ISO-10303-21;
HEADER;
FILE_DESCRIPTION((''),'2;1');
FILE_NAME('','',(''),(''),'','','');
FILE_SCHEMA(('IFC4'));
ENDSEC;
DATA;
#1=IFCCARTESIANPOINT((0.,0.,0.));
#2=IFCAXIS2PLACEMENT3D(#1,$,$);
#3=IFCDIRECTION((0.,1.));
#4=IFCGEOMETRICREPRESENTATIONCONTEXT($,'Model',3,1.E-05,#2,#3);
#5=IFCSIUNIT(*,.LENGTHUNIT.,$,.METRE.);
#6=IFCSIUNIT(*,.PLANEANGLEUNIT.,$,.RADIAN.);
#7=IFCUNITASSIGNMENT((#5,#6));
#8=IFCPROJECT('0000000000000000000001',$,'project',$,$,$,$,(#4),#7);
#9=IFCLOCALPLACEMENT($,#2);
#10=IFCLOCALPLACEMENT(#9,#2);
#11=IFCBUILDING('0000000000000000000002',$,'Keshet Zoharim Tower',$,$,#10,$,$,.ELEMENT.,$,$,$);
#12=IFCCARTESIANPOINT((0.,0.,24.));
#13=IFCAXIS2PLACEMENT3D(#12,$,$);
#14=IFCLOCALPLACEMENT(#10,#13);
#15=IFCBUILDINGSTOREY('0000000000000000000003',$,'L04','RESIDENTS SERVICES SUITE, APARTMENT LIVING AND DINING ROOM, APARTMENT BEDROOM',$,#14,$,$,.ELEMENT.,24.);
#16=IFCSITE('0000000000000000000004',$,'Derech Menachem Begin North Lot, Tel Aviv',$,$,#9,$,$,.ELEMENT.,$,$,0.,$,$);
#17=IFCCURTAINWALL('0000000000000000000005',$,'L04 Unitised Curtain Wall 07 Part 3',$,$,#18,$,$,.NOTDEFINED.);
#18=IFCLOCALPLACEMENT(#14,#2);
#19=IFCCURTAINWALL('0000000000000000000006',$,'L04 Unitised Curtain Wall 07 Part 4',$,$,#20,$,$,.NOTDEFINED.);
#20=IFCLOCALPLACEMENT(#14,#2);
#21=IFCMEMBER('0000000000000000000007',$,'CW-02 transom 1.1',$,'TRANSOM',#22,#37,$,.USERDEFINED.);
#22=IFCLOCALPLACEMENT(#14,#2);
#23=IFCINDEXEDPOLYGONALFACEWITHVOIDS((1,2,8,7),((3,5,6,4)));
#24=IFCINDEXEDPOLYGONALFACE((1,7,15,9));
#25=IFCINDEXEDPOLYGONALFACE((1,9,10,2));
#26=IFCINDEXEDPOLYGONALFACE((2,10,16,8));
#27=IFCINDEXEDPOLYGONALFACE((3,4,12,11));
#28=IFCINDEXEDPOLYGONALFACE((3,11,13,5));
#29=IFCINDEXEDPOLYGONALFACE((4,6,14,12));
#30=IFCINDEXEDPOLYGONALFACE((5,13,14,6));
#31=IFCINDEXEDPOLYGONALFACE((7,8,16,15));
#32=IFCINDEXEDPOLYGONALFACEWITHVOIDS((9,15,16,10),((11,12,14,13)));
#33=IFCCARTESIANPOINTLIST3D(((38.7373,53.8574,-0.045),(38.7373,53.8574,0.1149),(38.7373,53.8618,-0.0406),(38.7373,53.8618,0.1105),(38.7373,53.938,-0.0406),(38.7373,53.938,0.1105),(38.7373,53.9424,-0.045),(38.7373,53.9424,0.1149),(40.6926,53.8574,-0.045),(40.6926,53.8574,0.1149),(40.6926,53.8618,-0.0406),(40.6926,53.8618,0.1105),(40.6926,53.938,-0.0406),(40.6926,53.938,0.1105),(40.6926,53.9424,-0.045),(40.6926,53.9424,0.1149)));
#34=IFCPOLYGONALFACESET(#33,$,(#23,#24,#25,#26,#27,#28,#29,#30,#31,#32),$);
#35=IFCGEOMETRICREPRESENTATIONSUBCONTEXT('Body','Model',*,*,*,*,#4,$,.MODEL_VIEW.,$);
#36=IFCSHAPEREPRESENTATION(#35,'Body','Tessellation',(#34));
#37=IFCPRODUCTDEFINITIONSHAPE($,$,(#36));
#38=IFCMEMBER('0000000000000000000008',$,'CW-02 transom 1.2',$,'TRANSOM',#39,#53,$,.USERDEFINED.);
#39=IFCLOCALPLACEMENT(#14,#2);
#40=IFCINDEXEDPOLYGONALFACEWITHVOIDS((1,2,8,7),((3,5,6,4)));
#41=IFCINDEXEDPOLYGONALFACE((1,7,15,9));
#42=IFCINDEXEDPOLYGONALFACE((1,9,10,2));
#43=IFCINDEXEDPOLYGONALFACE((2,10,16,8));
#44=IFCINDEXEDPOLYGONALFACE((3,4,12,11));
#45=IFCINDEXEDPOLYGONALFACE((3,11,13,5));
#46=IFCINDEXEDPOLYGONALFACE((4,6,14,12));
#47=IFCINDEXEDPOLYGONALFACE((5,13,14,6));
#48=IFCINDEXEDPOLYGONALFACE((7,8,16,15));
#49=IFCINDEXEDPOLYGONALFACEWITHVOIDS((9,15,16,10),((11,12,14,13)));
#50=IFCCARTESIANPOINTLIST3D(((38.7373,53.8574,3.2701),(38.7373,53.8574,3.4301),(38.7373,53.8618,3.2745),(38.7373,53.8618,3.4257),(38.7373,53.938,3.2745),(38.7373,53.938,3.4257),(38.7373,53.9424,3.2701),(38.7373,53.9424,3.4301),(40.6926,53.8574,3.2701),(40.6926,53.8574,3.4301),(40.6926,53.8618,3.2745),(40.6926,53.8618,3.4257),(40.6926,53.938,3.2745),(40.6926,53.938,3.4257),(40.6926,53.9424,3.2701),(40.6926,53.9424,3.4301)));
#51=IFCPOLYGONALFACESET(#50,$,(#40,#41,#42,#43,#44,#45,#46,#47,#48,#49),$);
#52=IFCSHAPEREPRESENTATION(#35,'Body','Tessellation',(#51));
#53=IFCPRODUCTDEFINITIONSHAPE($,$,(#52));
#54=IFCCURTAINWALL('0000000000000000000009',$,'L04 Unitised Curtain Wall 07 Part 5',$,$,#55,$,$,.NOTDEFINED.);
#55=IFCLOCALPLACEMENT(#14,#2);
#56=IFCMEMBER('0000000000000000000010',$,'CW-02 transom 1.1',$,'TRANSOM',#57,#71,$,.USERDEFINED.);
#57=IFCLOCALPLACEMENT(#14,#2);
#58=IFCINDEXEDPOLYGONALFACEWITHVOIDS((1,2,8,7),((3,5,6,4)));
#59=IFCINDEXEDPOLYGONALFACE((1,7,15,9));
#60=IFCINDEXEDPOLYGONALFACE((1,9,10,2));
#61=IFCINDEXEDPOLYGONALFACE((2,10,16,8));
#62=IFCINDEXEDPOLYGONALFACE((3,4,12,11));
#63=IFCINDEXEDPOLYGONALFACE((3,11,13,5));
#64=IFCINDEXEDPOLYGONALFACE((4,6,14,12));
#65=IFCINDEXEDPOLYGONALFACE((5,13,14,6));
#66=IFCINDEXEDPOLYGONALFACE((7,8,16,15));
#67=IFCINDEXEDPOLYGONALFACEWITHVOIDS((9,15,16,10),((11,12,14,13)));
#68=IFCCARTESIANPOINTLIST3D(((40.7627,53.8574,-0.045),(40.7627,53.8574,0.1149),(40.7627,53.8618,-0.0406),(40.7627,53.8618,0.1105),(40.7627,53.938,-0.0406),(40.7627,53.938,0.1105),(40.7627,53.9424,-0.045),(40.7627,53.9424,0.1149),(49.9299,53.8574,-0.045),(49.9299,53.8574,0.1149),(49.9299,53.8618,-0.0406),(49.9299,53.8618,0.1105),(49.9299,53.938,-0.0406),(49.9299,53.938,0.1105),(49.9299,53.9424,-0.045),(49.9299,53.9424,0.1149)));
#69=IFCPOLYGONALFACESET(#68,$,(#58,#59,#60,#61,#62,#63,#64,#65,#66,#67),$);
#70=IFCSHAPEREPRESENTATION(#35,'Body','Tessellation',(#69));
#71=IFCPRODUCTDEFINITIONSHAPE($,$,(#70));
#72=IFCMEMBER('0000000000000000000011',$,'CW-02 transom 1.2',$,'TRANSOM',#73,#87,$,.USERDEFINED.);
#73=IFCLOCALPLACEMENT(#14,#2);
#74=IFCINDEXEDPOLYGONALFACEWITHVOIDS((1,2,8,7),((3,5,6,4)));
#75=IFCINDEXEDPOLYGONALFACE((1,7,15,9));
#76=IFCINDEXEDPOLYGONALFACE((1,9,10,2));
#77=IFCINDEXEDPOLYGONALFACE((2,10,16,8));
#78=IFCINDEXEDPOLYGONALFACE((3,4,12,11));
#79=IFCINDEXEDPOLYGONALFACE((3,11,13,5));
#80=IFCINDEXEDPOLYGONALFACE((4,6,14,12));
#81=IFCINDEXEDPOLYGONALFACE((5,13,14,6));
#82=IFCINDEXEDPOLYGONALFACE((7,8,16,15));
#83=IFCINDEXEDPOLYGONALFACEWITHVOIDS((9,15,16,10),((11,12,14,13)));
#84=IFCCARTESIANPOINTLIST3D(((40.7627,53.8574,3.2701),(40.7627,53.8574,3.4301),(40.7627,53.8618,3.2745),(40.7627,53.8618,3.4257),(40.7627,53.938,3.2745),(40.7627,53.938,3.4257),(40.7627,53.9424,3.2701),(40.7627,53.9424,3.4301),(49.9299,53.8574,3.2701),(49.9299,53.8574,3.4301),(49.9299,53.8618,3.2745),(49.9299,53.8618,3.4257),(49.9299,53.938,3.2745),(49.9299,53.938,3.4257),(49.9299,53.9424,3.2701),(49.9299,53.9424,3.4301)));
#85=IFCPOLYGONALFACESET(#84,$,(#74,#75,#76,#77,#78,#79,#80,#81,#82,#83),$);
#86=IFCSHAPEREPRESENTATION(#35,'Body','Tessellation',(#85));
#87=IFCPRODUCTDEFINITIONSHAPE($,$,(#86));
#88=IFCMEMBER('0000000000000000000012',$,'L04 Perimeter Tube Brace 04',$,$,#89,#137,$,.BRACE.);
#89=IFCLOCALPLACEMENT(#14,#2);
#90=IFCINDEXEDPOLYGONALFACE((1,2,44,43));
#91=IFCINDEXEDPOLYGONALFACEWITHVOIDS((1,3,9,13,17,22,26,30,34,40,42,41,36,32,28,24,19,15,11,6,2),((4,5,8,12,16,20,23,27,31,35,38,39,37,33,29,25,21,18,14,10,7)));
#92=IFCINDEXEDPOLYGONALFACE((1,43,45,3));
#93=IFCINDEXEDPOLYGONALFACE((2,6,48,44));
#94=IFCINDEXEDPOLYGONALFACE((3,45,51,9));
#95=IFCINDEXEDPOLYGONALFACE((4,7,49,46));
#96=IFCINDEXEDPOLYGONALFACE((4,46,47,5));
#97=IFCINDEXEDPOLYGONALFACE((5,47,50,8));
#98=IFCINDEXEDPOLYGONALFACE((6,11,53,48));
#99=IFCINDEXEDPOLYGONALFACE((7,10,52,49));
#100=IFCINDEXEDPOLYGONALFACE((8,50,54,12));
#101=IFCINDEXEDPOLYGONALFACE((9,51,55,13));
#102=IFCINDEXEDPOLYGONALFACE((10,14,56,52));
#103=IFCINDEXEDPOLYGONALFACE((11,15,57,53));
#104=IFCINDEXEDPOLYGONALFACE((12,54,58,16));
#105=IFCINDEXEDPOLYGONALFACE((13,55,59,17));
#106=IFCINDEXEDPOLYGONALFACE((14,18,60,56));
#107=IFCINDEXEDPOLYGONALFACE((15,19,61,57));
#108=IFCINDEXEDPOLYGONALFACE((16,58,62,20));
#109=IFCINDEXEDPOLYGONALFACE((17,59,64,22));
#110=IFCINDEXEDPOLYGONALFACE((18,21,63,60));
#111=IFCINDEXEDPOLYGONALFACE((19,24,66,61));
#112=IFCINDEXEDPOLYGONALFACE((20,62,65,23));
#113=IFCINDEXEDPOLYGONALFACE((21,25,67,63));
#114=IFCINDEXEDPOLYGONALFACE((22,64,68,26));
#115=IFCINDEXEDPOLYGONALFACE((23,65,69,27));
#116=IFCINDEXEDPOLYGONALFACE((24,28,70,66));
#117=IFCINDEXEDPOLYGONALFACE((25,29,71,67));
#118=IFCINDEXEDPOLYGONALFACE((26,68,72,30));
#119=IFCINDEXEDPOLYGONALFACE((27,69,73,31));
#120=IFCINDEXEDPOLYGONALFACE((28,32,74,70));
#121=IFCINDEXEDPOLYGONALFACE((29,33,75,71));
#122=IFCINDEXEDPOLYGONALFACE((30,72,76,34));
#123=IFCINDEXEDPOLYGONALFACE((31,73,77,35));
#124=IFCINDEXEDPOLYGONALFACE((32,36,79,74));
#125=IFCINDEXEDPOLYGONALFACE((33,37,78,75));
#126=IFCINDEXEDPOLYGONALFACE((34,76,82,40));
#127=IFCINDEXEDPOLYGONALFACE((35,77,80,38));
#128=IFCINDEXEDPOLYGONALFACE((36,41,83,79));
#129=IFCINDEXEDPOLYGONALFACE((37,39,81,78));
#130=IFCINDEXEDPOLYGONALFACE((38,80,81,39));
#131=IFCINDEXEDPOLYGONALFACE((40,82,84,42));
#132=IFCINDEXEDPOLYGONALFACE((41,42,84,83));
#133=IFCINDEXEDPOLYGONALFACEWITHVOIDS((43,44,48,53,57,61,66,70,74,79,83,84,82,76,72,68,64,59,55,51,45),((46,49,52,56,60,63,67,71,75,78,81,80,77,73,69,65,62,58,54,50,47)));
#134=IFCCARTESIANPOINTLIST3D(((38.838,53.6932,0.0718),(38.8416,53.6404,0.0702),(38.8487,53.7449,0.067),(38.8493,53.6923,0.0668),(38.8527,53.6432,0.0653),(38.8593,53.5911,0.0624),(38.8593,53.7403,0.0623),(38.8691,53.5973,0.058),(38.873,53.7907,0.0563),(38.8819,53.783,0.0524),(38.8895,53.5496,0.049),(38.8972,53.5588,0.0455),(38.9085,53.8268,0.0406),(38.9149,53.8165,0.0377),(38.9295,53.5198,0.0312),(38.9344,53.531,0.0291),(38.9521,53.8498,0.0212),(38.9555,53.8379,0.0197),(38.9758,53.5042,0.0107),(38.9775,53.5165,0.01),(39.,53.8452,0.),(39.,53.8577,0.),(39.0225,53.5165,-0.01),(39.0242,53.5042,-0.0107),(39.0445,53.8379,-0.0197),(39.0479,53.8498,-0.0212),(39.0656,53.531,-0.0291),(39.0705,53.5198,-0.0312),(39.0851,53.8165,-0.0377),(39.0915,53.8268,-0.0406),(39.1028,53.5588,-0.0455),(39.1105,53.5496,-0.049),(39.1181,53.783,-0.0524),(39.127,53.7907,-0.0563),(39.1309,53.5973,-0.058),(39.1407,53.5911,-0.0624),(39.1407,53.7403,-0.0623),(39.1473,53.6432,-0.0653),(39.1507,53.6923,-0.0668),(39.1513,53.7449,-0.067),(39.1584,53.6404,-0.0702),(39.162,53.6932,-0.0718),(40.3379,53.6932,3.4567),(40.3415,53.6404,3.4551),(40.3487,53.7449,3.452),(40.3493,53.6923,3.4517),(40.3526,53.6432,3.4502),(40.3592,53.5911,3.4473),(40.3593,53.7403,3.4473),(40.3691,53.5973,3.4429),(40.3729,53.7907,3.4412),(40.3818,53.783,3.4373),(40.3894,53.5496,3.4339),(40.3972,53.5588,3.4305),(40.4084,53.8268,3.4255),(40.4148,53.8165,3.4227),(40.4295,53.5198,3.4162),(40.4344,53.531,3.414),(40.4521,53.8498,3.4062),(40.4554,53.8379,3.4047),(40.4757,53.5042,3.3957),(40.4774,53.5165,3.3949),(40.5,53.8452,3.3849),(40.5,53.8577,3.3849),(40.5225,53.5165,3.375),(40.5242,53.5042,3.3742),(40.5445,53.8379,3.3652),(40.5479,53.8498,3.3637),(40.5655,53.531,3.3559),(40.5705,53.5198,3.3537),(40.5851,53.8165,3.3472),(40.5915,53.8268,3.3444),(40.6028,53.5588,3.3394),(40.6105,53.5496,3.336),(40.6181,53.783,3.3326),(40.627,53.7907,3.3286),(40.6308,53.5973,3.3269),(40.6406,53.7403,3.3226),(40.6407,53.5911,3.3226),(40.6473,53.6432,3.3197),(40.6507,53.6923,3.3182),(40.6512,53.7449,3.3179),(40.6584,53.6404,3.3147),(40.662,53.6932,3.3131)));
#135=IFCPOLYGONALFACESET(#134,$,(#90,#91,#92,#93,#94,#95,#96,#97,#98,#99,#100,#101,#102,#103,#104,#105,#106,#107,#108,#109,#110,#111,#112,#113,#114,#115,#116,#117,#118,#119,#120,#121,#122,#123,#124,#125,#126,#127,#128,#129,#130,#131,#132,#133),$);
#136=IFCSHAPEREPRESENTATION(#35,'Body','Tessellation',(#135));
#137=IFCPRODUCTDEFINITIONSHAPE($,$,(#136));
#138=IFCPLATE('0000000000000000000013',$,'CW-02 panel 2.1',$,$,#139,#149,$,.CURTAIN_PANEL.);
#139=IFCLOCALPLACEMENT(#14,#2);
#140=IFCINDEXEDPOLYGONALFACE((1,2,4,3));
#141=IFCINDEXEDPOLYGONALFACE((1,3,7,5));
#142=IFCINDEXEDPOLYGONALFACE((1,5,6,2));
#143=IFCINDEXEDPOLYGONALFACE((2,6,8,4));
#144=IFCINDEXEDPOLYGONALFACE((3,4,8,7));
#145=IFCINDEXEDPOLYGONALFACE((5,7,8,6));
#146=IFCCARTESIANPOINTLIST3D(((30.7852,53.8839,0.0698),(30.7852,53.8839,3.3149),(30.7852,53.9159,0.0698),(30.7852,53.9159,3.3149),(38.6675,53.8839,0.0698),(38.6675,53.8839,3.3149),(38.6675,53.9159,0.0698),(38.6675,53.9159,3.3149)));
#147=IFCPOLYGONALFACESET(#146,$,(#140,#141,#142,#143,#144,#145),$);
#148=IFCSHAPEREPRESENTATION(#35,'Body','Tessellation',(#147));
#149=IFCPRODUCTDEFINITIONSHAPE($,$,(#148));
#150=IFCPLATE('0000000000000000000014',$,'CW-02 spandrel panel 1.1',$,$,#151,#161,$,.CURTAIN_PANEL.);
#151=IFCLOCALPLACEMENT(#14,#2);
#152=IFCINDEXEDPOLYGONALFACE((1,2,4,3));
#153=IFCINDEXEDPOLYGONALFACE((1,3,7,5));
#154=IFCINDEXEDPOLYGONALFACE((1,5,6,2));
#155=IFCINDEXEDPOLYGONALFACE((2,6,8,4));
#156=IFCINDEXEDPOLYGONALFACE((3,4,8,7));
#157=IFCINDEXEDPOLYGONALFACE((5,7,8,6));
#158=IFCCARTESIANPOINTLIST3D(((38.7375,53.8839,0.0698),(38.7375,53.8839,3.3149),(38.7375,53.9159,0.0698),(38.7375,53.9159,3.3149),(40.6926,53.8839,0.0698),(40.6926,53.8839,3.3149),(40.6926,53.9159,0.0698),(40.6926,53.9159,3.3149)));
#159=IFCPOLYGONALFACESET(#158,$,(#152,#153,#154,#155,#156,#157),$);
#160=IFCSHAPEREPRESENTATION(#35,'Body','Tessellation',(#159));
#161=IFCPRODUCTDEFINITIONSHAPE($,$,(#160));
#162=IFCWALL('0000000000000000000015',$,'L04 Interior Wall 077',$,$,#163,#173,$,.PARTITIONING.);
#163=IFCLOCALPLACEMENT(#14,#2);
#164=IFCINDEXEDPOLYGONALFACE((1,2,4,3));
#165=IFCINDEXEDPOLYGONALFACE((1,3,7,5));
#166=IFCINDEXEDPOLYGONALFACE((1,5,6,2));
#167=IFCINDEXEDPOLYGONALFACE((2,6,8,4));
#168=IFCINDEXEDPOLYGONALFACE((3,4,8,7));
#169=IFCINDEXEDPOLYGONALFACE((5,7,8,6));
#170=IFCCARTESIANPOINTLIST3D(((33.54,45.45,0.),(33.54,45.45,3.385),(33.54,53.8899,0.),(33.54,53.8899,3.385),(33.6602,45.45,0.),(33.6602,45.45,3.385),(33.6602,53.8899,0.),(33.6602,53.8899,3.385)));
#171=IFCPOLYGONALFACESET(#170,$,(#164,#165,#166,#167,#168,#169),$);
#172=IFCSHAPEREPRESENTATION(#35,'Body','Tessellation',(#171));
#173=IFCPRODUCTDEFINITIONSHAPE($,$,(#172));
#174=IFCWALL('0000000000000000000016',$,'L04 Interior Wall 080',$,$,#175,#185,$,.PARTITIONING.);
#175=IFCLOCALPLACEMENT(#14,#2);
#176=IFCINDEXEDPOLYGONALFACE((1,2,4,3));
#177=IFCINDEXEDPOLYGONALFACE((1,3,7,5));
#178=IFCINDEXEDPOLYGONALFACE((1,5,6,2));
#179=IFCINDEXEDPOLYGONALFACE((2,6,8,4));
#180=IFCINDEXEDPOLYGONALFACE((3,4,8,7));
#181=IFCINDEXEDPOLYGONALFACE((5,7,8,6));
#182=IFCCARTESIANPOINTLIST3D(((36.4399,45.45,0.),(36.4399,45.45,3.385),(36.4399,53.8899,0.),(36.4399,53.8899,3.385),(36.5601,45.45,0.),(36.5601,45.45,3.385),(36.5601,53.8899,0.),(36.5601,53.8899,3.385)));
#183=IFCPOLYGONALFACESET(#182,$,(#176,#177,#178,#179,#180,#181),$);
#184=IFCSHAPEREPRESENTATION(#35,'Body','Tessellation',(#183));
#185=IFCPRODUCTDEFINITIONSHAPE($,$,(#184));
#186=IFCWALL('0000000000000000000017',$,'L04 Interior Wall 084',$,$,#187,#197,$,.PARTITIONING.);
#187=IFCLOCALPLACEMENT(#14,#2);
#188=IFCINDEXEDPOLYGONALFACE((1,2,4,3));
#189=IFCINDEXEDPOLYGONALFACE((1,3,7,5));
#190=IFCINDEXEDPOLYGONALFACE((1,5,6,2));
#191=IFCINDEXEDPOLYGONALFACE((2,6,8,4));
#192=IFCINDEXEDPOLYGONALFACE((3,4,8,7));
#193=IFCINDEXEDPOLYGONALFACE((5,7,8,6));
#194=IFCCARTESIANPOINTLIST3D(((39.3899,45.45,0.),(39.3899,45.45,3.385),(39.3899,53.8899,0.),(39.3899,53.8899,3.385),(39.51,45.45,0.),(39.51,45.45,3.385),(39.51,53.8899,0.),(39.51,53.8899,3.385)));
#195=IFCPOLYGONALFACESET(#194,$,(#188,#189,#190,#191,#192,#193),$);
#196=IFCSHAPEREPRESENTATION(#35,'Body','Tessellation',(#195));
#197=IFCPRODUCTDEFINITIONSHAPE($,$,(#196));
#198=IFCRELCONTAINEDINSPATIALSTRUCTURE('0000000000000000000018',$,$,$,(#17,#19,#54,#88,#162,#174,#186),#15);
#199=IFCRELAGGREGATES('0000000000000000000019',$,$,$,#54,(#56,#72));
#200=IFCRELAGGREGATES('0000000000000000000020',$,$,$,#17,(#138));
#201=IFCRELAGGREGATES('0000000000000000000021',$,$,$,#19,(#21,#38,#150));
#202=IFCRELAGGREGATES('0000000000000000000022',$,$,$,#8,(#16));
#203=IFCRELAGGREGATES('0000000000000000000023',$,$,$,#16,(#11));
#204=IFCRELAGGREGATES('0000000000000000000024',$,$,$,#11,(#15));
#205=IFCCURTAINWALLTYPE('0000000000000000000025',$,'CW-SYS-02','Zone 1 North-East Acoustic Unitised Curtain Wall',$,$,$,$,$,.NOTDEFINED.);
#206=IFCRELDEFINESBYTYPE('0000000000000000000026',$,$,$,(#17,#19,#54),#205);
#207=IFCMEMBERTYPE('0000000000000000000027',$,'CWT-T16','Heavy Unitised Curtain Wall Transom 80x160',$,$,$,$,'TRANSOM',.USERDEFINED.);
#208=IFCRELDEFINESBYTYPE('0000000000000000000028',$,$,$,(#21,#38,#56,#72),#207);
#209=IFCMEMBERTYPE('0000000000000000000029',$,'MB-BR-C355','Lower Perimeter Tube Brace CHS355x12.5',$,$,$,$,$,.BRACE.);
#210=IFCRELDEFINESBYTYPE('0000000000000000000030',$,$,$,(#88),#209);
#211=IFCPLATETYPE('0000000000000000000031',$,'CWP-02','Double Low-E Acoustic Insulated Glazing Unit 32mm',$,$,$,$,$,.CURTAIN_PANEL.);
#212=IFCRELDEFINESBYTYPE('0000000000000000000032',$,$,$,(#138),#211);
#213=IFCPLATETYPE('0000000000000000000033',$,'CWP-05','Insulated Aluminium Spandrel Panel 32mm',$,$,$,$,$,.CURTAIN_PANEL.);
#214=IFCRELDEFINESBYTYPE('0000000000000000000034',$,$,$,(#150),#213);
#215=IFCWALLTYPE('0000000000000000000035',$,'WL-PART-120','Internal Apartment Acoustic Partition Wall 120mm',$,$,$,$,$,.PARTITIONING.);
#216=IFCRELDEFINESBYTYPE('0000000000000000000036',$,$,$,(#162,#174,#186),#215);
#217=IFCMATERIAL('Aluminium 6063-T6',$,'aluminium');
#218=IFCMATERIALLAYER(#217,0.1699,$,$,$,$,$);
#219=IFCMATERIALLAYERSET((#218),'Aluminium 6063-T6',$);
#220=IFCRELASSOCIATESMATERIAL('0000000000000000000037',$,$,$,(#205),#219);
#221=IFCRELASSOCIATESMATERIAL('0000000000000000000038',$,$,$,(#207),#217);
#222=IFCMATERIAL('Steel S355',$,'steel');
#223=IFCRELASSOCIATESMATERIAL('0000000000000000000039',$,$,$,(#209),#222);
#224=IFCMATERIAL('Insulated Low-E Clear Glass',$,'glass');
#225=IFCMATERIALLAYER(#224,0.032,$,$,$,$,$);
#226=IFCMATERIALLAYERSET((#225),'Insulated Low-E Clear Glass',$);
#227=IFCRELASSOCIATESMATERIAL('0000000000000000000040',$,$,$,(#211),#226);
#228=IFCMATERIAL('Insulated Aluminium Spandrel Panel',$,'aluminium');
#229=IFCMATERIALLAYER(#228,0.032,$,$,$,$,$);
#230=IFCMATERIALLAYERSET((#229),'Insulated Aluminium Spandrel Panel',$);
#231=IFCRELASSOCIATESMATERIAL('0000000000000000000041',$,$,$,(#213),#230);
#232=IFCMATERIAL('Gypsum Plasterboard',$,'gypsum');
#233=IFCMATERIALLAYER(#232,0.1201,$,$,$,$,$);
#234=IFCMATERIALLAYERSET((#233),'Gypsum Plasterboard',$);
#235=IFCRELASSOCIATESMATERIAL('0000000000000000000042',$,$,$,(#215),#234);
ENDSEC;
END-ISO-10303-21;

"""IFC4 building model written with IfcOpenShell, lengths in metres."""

from ifc_helpers import new_model, si_unit, direction, frame, frame_2d, origin, origin_2d, place, context, subcontext, project, spatial, rectangle, hollow_rectangle, hollow_circle, extrude, material, layer, layer_set, material_profile, profile_set, type_object, element, aggregate, save


model = new_model("IFC4")

# Units and contexts
model_context = context("Model", 3, precision=1e-05, world=origin(), true_north=direction((0.0, 1.0)))
body_context = subcontext(model_context, "Body", "Model", "MODEL_VIEW")
ifc_project = project(units=[si_unit("LENGTHUNIT", "METRE"), si_unit("PLANEANGLEUNIT", "RADIAN")], contexts=[model_context])

# Site, building, storey
site_placement = place(None, origin())
site = spatial("IfcSite", under=ifc_project, at=site_placement, Name="Derech Menachem Begin North Lot, Tel Aviv", CompositionType="ELEMENT", RefElevation=0.0)
building_placement = place(site_placement, origin())
building = spatial("IfcBuilding", under=site, at=building_placement, Name="Keshet Zoharim Tower", CompositionType="ELEMENT")
storey_placement = place(building_placement, frame((0.0, 0.0, 24.0)))
storey = spatial("IfcBuildingStorey", under=building, at=storey_placement, Name="L04", Description="RESIDENTS SERVICES SUITE, APARTMENT LIVING AND DINING ROOM, APARTMENT BEDROOM", CompositionType="ELEMENT", Elevation=24.0)

# Shared definitions
ifc_material_1 = material(Name="Steel S355", Category="steel")

# Curtain wall
ifc_material_2 = material(Name="Aluminium 6063-T6", Category="aluminium")
ifc_layer_1 = layer(ifc_material_2, 0.1699)
ifc_layer_set_1 = layer_set([ifc_layer_1], Name="Aluminium 6063-T6")
curtain_wall_type = type_object("IfcCurtainWallType", Name="CW-SYS-02", Description="Zone 1 North-East Acoustic Unitised Curtain Wall", PredefinedType="NOTDEFINED", material=ifc_layer_set_1)
curtain_wall_1_placement = place(storey_placement, origin())
curtain_wall_1 = element("IfcCurtainWall", 1, at=curtain_wall_1_placement, inside=storey, type_object=curtain_wall_type, Name="L04 Unitised Curtain Wall 07 Part 3", PredefinedType="NOTDEFINED")

# Curtain walls, members
curtain_wall_2_placement = place(storey_placement, origin())
curtain_wall_2 = element("IfcCurtainWall", 2, at=curtain_wall_2_placement, inside=storey, type_object=curtain_wall_type, Name="L04 Unitised Curtain Wall 07 Part 4", PredefinedType="NOTDEFINED")
ifc_material_profile_1 = material_profile(ifc_material_2, hollow_rectangle(XDim=0.085, YDim=0.1599, WallThickness=0.0044, at=origin_2d()), Name="TRN-85x160")
ifc_profile_set_1 = profile_set([ifc_material_profile_1], Name="Aluminium 6063-T6")
member_type_1 = type_object("IfcMemberType", Name="CWT-T16", Description="Heavy Unitised Curtain Wall Transom 80x160", ElementType="TRANSOM", PredefinedType="USERDEFINED", material=ifc_profile_set_1)
member_1_placement = place(storey_placement, frame((38.7373, 53.8999, 0.0349), z_axis=(1.0, 0.0, 0.0), x_axis=(0.0, 1.0, 0.0)))
member_1 = element("IfcMember", 3, at=member_1_placement, type_object=member_type_1, Name="CW-02 transom 1.1", ObjectType="TRANSOM", PredefinedType="USERDEFINED", context=body_context, shape_type="SweptSolid", body=[
    extrude(hollow_rectangle(XDim=0.085, YDim=0.1599, WallThickness=0.0044, at=origin_2d()), origin(), (0.0, 0.0, 1.0), 1.9553),
])
member_2_placement = place(storey_placement, frame((38.7373, 53.8999, 3.3501), z_axis=(1.0, 0.0, 0.0), x_axis=(0.0, 1.0, 0.0)))
member_2 = element("IfcMember", 4, at=member_2_placement, type_object=member_type_1, Name="CW-02 transom 1.2", ObjectType="TRANSOM", PredefinedType="USERDEFINED", context=body_context, shape_type="SweptSolid", body=[
    extrude(hollow_rectangle(XDim=0.085, YDim=0.1599, WallThickness=0.0044, at=origin_2d()), origin(), (0.0, 0.0, 1.0), 1.9553),
])
curtain_wall_3_placement = place(storey_placement, origin())
curtain_wall_3 = element("IfcCurtainWall", 5, at=curtain_wall_3_placement, inside=storey, type_object=curtain_wall_type, Name="L04 Unitised Curtain Wall 07 Part 5", PredefinedType="NOTDEFINED")
member_3_placement = place(storey_placement, frame((40.7627, 53.8999, 0.0349), z_axis=(1.0, 0.0, 0.0), x_axis=(0.0, 1.0, 0.0)))
member_3 = element("IfcMember", 6, at=member_3_placement, type_object=member_type_1, Name="CW-02 transom 1.1", ObjectType="TRANSOM", PredefinedType="USERDEFINED", context=body_context, shape_type="SweptSolid", body=[
    extrude(hollow_rectangle(XDim=0.085, YDim=0.1599, WallThickness=0.0044, at=origin_2d()), origin(), (0.0, 0.0, 1.0), 9.1672),
])
member_4_placement = place(storey_placement, frame((40.7627, 53.8999, 3.3501), z_axis=(1.0, 0.0, 0.0), x_axis=(0.0, 1.0, 0.0)))
member_4 = element("IfcMember", 7, at=member_4_placement, type_object=member_type_1, Name="CW-02 transom 1.2", ObjectType="TRANSOM", PredefinedType="USERDEFINED", context=body_context, shape_type="SweptSolid", body=[
    extrude(hollow_rectangle(XDim=0.085, YDim=0.1599, WallThickness=0.0044, at=origin_2d()), origin(), (0.0, 0.0, 1.0), 9.1672),
])
aggregate(curtain_wall_3, [member_3, member_4])

# Member
ifc_material_profile_2 = material_profile(ifc_material_1, hollow_circle(Radius=0.1777, WallThickness=0.0125, at=origin_2d()), Name="CHS355x12.5")
ifc_profile_set_2 = profile_set([ifc_material_profile_2], Name="Steel S355")
member_type_2 = type_object("IfcMemberType", Name="MB-BR-C355", Description="Lower Perimeter Tube Brace CHS355x12.5", PredefinedType="BRACE", material=ifc_profile_set_2)
member_5_placement = place(storey_placement, frame((39.0, 53.6799, 0.0), z_axis=(0.405135, 0.0, 0.914257), x_axis=(0.0, 1.0, 0.0)))
element("IfcMember", 8, at=member_5_placement, inside=storey, type_object=member_type_2, Name="L04 Perimeter Tube Brace 04", PredefinedType="BRACE", context=body_context, shape_type="SweptSolid", body=[
    extrude(hollow_circle(Radius=0.1777, WallThickness=0.0125, at=origin_2d()), origin(), (0.0, 0.0, 1.0), 3.7024),
])

# Plates
ifc_material_3 = material(Name="Insulated Low-E Clear Glass", Category="glass")
ifc_layer_2 = layer(ifc_material_3, 0.032)
ifc_layer_set_2 = layer_set([ifc_layer_2], Name="Insulated Low-E Clear Glass")
plate_type_1 = type_object("IfcPlateType", Name="CWP-02", Description="Double Low-E Acoustic Insulated Glazing Unit 32mm", PredefinedType="CURTAIN_PANEL", material=ifc_layer_set_2)
plate_1_placement = place(storey_placement, frame((34.7263, 53.8999, 0.0698), z_axis=(0.0, 0.0, 1.0), x_axis=(1.0, 0.0, 0.0)))
plate_1 = element("IfcPlate", 9, at=plate_1_placement, type_object=plate_type_1, Name="CW-02 panel 2.1", PredefinedType="CURTAIN_PANEL", context=body_context, shape_type="SweptSolid", body=[
    extrude(rectangle(XDim=7.8823, YDim=0.032, at=origin_2d()), origin(), (0.0, 0.0, 1.0), 3.2451),
])
aggregate(curtain_wall_1, [plate_1])
ifc_material_4 = material(Name="Insulated Aluminium Spandrel Panel", Category="aluminium")
ifc_layer_3 = layer(ifc_material_4, 0.032)
ifc_layer_set_3 = layer_set([ifc_layer_3], Name="Insulated Aluminium Spandrel Panel")
plate_type_2 = type_object("IfcPlateType", Name="CWP-05", Description="Insulated Aluminium Spandrel Panel 32mm", PredefinedType="CURTAIN_PANEL", material=ifc_layer_set_3)
plate_2_placement = place(storey_placement, frame((39.7151, 53.8999, 0.0698), z_axis=(0.0, 0.0, 1.0), x_axis=(1.0, 0.0, 0.0)))
plate_2 = element("IfcPlate", 10, at=plate_2_placement, type_object=plate_type_2, Name="CW-02 spandrel panel 1.1", PredefinedType="CURTAIN_PANEL", context=body_context, shape_type="SweptSolid", body=[
    extrude(rectangle(XDim=1.9551, YDim=0.032, at=origin_2d()), origin(), (0.0, 0.0, 1.0), 3.2451),
])
aggregate(curtain_wall_2, [member_1, member_2, plate_2])

# Walls
ifc_material_5 = material(Name="Gypsum Plasterboard", Category="gypsum")
ifc_layer_4 = layer(ifc_material_5, 0.1201)
ifc_layer_set_4 = layer_set([ifc_layer_4], Name="Gypsum Plasterboard")
wall_type = type_object("IfcWallType", Name="WL-PART-120", Description="Internal Apartment Acoustic Partition Wall 120mm", PredefinedType="PARTITIONING", material=ifc_layer_set_4)
for number, where, z_axis, x_axis, name in (
    (11, (33.6001, 45.45, 0.0), (0.0, 0.0, 1.0), (0.0, 1.0, 0.0), "L04 Interior Wall 077"),
    (12, (36.5, 45.45, 0.0), (0.0, 0.0, 1.0), (0.0, 1.0, 0.0), "L04 Interior Wall 080"),
    (13, (39.45, 45.45, 0.0), (0.0, 0.0, 1.0), (0.0, 1.0, 0.0), "L04 Interior Wall 084"),
):
    element("IfcWall", number, at=place(storey_placement, frame(where, z_axis=z_axis, x_axis=x_axis)), inside=storey, type_object=wall_type, Name=name, PredefinedType="PARTITIONING", context=body_context, shape_type="SweptSolid", body=[
        extrude(rectangle(XDim=8.4399, YDim=0.1201, at=frame_2d((4.22, 0.0))), origin(), (0.0, 0.0, 1.0), 3.385),
    ])

save(model, "model.ifc")
